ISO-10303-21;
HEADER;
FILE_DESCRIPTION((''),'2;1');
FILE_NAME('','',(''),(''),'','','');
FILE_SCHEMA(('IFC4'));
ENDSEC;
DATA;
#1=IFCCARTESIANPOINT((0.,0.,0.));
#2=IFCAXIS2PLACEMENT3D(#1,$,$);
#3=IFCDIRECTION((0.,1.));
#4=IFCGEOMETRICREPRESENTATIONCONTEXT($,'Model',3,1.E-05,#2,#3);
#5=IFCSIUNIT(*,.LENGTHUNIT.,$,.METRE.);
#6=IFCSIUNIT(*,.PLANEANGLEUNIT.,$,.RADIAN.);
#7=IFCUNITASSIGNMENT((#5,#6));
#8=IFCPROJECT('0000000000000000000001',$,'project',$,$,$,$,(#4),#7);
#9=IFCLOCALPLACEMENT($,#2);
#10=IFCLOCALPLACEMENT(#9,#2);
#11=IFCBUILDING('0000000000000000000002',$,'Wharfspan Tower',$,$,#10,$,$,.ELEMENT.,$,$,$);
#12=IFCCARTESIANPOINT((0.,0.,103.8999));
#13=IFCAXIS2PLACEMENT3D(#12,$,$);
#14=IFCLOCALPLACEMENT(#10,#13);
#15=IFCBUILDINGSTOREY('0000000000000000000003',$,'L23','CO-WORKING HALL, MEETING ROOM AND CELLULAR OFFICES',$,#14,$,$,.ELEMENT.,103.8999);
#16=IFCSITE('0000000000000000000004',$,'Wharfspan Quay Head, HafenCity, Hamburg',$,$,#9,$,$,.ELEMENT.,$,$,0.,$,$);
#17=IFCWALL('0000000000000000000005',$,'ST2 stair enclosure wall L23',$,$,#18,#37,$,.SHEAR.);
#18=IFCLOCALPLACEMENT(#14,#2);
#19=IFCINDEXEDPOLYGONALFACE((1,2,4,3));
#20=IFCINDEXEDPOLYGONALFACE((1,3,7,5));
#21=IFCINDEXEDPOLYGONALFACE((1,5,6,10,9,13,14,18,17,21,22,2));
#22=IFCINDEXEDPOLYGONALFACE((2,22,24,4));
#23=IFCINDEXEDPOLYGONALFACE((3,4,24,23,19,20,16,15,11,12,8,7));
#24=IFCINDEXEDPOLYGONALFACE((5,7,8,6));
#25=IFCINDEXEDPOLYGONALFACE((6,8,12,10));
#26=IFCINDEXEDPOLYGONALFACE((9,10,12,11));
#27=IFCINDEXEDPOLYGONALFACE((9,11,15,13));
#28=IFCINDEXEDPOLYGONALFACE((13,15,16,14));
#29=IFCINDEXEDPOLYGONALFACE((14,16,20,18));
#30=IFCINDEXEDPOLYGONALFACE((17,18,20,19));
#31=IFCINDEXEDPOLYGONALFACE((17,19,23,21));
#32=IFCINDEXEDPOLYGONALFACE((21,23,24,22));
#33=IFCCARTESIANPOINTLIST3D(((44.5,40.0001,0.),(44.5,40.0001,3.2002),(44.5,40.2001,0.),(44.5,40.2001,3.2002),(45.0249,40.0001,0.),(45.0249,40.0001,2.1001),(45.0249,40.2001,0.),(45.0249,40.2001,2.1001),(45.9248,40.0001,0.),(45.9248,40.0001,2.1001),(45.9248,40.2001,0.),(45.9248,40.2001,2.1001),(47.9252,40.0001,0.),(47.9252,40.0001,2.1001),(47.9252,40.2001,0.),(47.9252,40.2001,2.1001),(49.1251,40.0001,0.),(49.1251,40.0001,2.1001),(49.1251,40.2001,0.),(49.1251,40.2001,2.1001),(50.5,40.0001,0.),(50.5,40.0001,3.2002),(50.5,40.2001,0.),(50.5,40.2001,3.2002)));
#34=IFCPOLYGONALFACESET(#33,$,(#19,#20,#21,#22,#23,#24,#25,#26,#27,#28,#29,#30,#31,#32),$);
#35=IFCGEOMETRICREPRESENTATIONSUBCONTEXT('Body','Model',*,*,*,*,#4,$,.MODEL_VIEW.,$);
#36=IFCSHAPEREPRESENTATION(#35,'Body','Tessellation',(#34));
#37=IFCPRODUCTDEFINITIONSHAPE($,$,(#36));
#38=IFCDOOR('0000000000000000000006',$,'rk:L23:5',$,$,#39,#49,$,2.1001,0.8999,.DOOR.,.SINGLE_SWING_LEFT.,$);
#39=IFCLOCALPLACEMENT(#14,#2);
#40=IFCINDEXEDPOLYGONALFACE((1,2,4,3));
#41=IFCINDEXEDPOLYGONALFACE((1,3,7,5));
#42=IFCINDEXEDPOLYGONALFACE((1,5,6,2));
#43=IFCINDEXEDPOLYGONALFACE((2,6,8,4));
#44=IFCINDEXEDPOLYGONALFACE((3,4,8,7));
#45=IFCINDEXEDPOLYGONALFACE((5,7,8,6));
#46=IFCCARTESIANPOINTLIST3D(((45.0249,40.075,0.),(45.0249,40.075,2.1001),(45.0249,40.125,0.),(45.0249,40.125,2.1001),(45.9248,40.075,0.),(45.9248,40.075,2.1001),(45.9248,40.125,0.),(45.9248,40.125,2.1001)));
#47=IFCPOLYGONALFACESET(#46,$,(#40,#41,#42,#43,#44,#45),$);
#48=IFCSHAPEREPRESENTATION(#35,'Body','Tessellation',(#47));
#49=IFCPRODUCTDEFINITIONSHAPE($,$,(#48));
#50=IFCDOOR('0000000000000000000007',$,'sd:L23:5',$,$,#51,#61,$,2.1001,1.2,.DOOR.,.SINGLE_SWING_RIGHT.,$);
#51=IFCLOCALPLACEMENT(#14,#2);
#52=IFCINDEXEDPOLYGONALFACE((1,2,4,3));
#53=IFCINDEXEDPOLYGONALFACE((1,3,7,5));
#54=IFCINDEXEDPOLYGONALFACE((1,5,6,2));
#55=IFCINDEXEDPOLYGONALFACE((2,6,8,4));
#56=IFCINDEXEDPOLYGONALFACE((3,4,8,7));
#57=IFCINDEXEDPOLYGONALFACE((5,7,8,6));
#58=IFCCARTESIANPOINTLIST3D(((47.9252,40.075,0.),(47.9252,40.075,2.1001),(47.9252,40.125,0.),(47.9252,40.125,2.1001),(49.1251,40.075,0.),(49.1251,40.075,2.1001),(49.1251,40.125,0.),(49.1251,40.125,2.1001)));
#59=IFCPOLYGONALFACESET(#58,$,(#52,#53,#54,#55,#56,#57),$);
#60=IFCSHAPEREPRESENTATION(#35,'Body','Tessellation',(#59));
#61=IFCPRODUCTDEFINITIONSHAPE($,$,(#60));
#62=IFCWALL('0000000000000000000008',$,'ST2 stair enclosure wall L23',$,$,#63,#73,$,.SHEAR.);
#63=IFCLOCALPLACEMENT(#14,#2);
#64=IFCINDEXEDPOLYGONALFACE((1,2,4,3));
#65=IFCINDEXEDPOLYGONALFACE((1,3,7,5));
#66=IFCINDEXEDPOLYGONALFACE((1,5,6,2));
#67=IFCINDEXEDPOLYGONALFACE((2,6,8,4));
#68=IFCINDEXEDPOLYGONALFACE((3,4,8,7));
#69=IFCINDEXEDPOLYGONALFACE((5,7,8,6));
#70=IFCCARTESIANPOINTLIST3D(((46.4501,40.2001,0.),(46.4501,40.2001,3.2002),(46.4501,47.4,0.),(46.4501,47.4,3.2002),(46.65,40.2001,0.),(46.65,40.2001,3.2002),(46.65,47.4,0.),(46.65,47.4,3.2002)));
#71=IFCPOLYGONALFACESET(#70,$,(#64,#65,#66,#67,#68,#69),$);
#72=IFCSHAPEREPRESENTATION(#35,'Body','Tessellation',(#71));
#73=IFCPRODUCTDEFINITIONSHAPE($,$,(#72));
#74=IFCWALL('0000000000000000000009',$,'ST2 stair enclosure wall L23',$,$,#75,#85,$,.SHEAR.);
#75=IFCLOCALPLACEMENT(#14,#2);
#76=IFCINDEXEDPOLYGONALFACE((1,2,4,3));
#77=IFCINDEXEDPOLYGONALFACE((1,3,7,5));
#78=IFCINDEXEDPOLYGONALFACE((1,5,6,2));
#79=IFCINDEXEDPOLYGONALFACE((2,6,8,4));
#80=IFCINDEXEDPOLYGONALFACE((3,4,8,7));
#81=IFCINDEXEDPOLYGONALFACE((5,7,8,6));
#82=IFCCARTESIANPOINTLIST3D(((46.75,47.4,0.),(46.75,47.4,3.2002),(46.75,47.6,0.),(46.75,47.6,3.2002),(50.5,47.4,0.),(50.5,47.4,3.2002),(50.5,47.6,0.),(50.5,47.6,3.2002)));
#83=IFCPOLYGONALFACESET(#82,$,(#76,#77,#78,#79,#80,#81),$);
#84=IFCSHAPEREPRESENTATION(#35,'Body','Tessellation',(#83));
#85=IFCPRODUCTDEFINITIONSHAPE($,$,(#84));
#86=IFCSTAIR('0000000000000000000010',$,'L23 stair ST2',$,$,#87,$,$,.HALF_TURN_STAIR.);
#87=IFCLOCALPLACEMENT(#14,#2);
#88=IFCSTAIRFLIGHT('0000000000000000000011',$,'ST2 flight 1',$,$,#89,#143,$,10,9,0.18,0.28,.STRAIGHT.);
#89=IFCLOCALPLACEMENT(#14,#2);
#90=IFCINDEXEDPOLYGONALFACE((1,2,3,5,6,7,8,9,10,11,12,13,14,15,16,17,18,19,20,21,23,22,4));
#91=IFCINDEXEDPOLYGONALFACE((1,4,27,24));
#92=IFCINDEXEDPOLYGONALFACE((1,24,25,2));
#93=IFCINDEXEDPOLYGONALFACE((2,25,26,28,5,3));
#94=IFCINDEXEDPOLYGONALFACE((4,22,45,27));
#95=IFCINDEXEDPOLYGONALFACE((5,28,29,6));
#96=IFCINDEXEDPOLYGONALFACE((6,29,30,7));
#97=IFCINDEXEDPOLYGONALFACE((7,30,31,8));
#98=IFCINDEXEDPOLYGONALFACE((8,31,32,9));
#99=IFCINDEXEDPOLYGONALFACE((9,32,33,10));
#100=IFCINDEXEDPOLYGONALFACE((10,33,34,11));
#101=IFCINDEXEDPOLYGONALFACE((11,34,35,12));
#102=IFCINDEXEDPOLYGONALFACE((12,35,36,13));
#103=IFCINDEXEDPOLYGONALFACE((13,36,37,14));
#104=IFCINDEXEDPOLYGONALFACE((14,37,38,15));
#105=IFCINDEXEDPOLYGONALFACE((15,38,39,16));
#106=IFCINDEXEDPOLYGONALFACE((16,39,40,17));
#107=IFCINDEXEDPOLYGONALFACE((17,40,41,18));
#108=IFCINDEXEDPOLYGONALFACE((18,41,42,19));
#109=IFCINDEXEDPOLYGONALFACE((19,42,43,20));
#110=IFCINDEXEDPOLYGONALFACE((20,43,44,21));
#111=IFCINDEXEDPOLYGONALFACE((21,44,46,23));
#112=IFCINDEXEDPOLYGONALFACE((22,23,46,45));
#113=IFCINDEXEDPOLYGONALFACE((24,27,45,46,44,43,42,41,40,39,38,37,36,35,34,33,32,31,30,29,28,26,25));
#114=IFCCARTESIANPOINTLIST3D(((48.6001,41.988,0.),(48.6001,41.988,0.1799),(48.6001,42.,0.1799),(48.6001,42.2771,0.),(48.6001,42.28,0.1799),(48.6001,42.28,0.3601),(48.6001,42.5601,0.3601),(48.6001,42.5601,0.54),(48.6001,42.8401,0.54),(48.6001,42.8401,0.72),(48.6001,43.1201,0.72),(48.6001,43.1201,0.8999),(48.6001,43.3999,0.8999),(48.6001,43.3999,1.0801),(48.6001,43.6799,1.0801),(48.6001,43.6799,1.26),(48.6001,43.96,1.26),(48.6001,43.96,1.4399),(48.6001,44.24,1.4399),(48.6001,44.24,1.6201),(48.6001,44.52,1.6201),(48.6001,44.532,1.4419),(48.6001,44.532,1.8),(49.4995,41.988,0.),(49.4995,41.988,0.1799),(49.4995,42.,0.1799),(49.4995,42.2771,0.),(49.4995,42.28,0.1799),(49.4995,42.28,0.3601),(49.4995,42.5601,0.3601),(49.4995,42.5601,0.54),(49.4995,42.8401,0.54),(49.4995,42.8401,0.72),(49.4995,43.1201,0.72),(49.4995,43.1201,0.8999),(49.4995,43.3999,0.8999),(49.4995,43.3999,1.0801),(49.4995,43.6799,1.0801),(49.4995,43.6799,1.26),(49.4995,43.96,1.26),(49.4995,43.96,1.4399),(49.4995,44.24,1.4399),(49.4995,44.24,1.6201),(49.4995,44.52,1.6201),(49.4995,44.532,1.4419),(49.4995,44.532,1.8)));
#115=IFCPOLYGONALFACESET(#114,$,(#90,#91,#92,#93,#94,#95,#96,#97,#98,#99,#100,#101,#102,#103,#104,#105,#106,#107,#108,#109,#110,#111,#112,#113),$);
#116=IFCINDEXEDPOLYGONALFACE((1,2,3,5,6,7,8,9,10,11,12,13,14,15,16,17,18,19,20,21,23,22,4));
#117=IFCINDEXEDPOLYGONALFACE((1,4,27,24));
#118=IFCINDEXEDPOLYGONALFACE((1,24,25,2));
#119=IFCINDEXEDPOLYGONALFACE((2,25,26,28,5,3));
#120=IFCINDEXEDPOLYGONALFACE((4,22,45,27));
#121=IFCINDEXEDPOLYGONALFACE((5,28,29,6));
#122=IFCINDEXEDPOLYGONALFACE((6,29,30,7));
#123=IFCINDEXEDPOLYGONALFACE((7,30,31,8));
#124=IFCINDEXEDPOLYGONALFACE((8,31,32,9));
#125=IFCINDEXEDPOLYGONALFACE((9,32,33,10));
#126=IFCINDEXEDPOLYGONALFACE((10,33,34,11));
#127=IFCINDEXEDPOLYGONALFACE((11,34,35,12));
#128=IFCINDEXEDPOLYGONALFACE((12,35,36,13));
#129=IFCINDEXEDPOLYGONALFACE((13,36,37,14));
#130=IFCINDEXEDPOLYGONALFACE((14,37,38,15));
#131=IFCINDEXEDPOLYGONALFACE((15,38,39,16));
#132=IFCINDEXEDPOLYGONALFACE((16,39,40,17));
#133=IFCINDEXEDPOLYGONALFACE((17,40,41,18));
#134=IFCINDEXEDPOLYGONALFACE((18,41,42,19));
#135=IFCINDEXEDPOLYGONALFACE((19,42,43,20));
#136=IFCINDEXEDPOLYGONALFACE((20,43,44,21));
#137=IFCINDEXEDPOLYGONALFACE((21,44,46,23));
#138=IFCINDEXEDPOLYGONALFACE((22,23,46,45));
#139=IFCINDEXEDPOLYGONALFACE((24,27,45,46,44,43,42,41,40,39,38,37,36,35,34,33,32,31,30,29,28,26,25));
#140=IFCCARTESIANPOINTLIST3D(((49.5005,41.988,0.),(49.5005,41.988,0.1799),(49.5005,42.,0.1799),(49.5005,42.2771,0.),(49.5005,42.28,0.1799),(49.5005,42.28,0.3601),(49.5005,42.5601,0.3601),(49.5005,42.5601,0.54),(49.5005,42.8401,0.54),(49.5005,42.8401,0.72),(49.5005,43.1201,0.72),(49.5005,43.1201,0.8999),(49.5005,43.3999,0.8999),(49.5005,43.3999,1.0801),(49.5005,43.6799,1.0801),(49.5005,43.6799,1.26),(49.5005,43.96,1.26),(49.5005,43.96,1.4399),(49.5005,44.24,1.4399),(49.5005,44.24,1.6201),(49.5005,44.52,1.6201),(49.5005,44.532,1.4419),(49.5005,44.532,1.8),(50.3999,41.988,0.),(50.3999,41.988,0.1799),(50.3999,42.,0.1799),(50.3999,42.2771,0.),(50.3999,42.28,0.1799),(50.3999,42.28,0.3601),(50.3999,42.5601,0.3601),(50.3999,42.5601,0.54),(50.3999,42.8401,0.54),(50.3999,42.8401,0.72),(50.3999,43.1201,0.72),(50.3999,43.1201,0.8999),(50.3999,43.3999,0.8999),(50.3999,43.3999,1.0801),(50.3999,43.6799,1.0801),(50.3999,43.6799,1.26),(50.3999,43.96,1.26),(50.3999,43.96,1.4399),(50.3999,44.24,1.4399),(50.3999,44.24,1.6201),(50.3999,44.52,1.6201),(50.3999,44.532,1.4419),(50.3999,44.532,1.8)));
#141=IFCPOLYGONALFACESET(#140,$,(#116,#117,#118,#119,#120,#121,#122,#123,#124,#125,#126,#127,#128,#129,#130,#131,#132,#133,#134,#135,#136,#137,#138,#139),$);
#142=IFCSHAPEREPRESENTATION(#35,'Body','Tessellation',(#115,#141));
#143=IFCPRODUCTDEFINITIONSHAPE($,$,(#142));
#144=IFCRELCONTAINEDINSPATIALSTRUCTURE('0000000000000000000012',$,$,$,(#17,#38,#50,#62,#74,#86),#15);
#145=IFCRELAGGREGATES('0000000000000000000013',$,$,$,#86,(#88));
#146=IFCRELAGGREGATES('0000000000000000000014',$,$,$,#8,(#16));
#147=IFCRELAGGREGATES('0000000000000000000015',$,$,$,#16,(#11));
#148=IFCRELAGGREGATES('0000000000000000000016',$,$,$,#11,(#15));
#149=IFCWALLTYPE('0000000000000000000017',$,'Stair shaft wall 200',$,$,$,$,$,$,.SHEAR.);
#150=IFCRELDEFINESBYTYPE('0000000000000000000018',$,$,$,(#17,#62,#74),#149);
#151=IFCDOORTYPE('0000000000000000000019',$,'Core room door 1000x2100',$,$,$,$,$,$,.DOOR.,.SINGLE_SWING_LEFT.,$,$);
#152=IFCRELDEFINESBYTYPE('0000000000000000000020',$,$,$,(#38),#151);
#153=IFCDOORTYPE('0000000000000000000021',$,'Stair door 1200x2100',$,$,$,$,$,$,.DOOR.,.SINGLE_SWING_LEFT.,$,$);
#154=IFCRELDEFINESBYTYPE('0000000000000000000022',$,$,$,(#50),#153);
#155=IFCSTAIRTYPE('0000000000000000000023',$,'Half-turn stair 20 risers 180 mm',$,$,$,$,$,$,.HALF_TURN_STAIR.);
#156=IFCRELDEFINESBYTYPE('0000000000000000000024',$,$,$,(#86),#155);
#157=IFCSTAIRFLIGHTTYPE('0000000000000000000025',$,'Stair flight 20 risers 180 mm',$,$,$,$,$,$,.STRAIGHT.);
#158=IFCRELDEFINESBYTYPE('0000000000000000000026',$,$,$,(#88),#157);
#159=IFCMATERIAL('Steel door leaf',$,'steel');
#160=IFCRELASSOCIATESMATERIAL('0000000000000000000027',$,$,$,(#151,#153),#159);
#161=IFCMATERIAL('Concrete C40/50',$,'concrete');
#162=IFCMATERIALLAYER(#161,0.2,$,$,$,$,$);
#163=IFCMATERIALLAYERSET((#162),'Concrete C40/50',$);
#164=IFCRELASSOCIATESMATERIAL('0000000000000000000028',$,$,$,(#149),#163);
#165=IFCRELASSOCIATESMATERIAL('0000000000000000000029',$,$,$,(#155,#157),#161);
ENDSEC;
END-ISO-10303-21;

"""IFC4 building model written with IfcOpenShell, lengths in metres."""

from ifc_helpers import new_model, si_unit, direction, frame, frame_2d, origin, place, context, subcontext, project, spatial, polyline, rectangle, outline, extrude, material, layer, layer_set, type_object, element, fill, aggregate, save


model = new_model("IFC4")

# Units and contexts
model_context = context("Model", 3, precision=1e-05, world=origin(), true_north=direction((0.0, 1.0)))
body_context = subcontext(model_context, "Body", "Model", "MODEL_VIEW")
ifc_project = project(units=[si_unit("LENGTHUNIT", "METRE"), si_unit("PLANEANGLEUNIT", "RADIAN")], contexts=[model_context])

# Site, building, storey
site_placement = place(None, origin())
site = spatial("IfcSite", under=ifc_project, at=site_placement, Name="Wharfspan Quay Head, HafenCity, Hamburg", CompositionType="ELEMENT", RefElevation=0.0)
building_placement = place(site_placement, origin())
building = spatial("IfcBuilding", under=site, at=building_placement, Name="Wharfspan Tower", CompositionType="ELEMENT")
storey_placement = place(building_placement, frame((0.0, 0.0, 103.8999)))
storey = spatial("IfcBuildingStorey", under=building, at=storey_placement, Name="L23", Description="CO-WORKING HALL, MEETING ROOM AND CELLULAR OFFICES", CompositionType="ELEMENT", Elevation=103.8999)

# Shared definitions
ifc_material_1 = material(Name="Steel door leaf", Category="steel")
door_type_1 = type_object("IfcDoorType", Name="Core room door 1000x2100", OperationType="SINGLE_SWING_LEFT", PredefinedType="DOOR", material=ifc_material_1)

# Wall, openings, doors
ifc_material_2 = material(Name="Concrete C40/50", Category="concrete")
ifc_layer_1 = layer(ifc_material_2, 0.2)
ifc_layer_set_1 = layer_set([ifc_layer_1], Name="Concrete C40/50")
wall_type_1 = type_object("IfcWallType", Name="Stair shaft wall 200", PredefinedType="SHEAR", material=ifc_layer_set_1)
wall_1_placement = place(storey_placement, frame((44.5, 40.1001, 0.0), z_axis=(0.0, 0.0, 1.0), x_axis=(1.0, 0.0, 0.0)))
wall_1 = element("IfcWall", 1, at=wall_1_placement, inside=storey, type_object=wall_type_1, Name="ST2 stair enclosure wall L23", PredefinedType="SHEAR", context=body_context, shape_type="SweptSolid", body=[
    extrude(rectangle(XDim=6.0, YDim=0.2, at=frame_2d((3.0, 0.0))), origin(), (0.0, 0.0, 1.0), 3.2002),
])
opening_1_placement = place(wall_1_placement, frame((3.425, 0.0, 0.0)))
opening_1 = element("IfcOpeningElement", 2, at=opening_1_placement, cuts=wall_1, PredefinedType="OPENING", context=body_context, shape_type="SweptSolid", body=[
    extrude(rectangle(XDim=1.2, YDim=2.1001, at=frame_2d((0.6001, 1.05))), frame((0.0, 0.1099, 0.0), z_axis=(0.0, -1.0, 0.0), x_axis=(1.0, 0.0, 0.0)), (0.0, 0.0, 1.0), 0.22),
])
opening_2_placement = place(wall_1_placement, frame((0.5249, 0.0, 0.0)))
opening_2 = element("IfcOpeningElement", 3, at=opening_2_placement, cuts=wall_1, PredefinedType="OPENING", context=body_context, shape_type="SweptSolid", body=[
    extrude(rectangle(XDim=0.8999, YDim=2.1001, at=frame_2d((0.45, 1.05))), frame((0.0, 0.1099, 0.0), z_axis=(0.0, -1.0, 0.0), x_axis=(1.0, 0.0, 0.0)), (0.0, 0.0, 1.0), 0.22),
])
door_1_placement = place(opening_2_placement, origin())
door_1 = element("IfcDoor", 4, at=door_1_placement, inside=storey, type_object=door_type_1, Name="rk:L23:5", OperationType="SINGLE_SWING_LEFT", OverallHeight=2.1001, OverallWidth=0.8999, PredefinedType="DOOR", context=body_context, shape_type="SweptSolid", body=[
    extrude(rectangle(XDim=0.8999, YDim=2.1001, at=frame_2d((0.45, 1.05))), frame((0.0, 0.0249, 0.0), z_axis=(0.0, -1.0, 0.0), x_axis=(1.0, 0.0, 0.0)), (0.0, 0.0, 1.0), 0.05),
])
fill(opening_2, door_1)
door_type_2 = type_object("IfcDoorType", Name="Stair door 1200x2100", OperationType="SINGLE_SWING_LEFT", PredefinedType="DOOR", material=ifc_material_1)
door_2_placement = place(opening_1_placement, origin())
door_2 = element("IfcDoor", 5, at=door_2_placement, inside=storey, type_object=door_type_2, Name="sd:L23:5", OperationType="SINGLE_SWING_RIGHT", OverallHeight=2.1001, OverallWidth=1.2, PredefinedType="DOOR", context=body_context, shape_type="SweptSolid", body=[
    extrude(rectangle(XDim=1.2, YDim=2.1001, at=frame_2d((0.6001, 1.05))), frame((0.0, 0.0249, 0.0), z_axis=(0.0, -1.0, 0.0), x_axis=(1.0, 0.0, 0.0)), (0.0, 0.0, 1.0), 0.05),
])
fill(opening_1, door_2)

# Walls
wall_2_placement = place(storey_placement, frame((46.55, 40.2, 0.0), z_axis=(0.0, 0.0, 1.0), x_axis=(0.0, 1.0, 0.0)))
element("IfcWall", 6, at=wall_2_placement, inside=storey, type_object=wall_type_1, Name="ST2 stair enclosure wall L23", PredefinedType="SHEAR", context=body_context, shape_type="SweptSolid", body=[
    extrude(rectangle(XDim=7.2, YDim=0.2, at=frame_2d((3.6001, 0.0))), origin(), (0.0, 0.0, 1.0), 3.2002),
])
wall_3_placement = place(storey_placement, frame((46.75, 47.5, 0.0), z_axis=(0.0, 0.0, 1.0), x_axis=(1.0, 0.0, 0.0)))
element("IfcWall", 7, at=wall_3_placement, inside=storey, type_object=wall_type_1, Name="ST2 stair enclosure wall L23", PredefinedType="SHEAR", context=body_context, shape_type="SweptSolid", body=[
    extrude(rectangle(XDim=3.75, YDim=0.2, at=frame_2d((1.875, 0.0))), origin(), (0.0, 0.0, 1.0), 3.2002),
])

# Stair, stair flight
stair_type = type_object("IfcStairType", Name="Half-turn stair 20 risers 180 mm", PredefinedType="HALF_TURN_STAIR", material=ifc_material_2)
stair_placement = place(storey_placement, origin())
stair = element("IfcStair", 8, at=stair_placement, inside=storey, type_object=stair_type, Name="L23 stair ST2", PredefinedType="HALF_TURN_STAIR")
stair_flight_type = type_object("IfcStairFlightType", Name="Stair flight 20 risers 180 mm", PredefinedType="STRAIGHT", material=ifc_material_2)
stair_flight_1_placement = place(storey_placement, frame((49.5, 42.0, 0.0), z_axis=(0.0, 0.0, 1.0), x_axis=(0.0, 1.0, 0.0)))
stair_flight_1 = element("IfcStairFlight", 9, at=stair_flight_1_placement, type_object=stair_flight_type, Name="ST2 flight 1", NumberOfRisers=10, NumberOfTreads=9, PredefinedType="STRAIGHT", RiserHeight=0.18, TreadLength=0.28, context=body_context, shape_type="SweptSolid", body=[
    extrude(outline(polyline([(-0.012, 0.0), (-0.012, 0.1799), (0.0, 0.1799), (0.28, 0.1799), (0.28, 0.3601), (0.5601, 0.3601), (0.5601, 0.54), (0.8401, 0.54), (0.8401, 0.72), (1.1201, 0.72), (1.1201, 0.8999), (1.3999, 0.8999), (1.3999, 1.0801), (1.6799, 1.0801), (1.6799, 1.26), (1.96, 1.26), (1.96, 1.4399), (2.24, 1.4399), (2.24, 1.6201), (2.52, 1.6201), (2.532, 1.8), (2.532, 1.4419), (0.2771, 0.0), (-0.012, 0.0)])), frame((0.0, 0.8999, 0.0), z_axis=(0.0, -1.0, 0.0), x_axis=(1.0, 0.0, 0.0)), (0.0, 0.0, 1.0), 0.8994),
    extrude(outline(polyline([(-0.012, 0.0), (-0.012, 0.1799), (0.0, 0.1799), (0.28, 0.1799), (0.28, 0.3601), (0.5601, 0.3601), (0.5601, 0.54), (0.8401, 0.54), (0.8401, 0.72), (1.1201, 0.72), (1.1201, 0.8999), (1.3999, 0.8999), (1.3999, 1.0801), (1.6799, 1.0801), (1.6799, 1.26), (1.96, 1.26), (1.96, 1.4399), (2.24, 1.4399), (2.24, 1.6201), (2.52, 1.6201), (2.532, 1.8), (2.532, 1.4419), (0.2771, 0.0), (-0.012, 0.0)])), frame((0.0, -0.0005, 0.0), z_axis=(0.0, -1.0, 0.0), x_axis=(1.0, 0.0, 0.0)), (0.0, 0.0, 1.0), 0.8994),
])
aggregate(stair, [stair_flight_1])

save(model, "model.ifc")
